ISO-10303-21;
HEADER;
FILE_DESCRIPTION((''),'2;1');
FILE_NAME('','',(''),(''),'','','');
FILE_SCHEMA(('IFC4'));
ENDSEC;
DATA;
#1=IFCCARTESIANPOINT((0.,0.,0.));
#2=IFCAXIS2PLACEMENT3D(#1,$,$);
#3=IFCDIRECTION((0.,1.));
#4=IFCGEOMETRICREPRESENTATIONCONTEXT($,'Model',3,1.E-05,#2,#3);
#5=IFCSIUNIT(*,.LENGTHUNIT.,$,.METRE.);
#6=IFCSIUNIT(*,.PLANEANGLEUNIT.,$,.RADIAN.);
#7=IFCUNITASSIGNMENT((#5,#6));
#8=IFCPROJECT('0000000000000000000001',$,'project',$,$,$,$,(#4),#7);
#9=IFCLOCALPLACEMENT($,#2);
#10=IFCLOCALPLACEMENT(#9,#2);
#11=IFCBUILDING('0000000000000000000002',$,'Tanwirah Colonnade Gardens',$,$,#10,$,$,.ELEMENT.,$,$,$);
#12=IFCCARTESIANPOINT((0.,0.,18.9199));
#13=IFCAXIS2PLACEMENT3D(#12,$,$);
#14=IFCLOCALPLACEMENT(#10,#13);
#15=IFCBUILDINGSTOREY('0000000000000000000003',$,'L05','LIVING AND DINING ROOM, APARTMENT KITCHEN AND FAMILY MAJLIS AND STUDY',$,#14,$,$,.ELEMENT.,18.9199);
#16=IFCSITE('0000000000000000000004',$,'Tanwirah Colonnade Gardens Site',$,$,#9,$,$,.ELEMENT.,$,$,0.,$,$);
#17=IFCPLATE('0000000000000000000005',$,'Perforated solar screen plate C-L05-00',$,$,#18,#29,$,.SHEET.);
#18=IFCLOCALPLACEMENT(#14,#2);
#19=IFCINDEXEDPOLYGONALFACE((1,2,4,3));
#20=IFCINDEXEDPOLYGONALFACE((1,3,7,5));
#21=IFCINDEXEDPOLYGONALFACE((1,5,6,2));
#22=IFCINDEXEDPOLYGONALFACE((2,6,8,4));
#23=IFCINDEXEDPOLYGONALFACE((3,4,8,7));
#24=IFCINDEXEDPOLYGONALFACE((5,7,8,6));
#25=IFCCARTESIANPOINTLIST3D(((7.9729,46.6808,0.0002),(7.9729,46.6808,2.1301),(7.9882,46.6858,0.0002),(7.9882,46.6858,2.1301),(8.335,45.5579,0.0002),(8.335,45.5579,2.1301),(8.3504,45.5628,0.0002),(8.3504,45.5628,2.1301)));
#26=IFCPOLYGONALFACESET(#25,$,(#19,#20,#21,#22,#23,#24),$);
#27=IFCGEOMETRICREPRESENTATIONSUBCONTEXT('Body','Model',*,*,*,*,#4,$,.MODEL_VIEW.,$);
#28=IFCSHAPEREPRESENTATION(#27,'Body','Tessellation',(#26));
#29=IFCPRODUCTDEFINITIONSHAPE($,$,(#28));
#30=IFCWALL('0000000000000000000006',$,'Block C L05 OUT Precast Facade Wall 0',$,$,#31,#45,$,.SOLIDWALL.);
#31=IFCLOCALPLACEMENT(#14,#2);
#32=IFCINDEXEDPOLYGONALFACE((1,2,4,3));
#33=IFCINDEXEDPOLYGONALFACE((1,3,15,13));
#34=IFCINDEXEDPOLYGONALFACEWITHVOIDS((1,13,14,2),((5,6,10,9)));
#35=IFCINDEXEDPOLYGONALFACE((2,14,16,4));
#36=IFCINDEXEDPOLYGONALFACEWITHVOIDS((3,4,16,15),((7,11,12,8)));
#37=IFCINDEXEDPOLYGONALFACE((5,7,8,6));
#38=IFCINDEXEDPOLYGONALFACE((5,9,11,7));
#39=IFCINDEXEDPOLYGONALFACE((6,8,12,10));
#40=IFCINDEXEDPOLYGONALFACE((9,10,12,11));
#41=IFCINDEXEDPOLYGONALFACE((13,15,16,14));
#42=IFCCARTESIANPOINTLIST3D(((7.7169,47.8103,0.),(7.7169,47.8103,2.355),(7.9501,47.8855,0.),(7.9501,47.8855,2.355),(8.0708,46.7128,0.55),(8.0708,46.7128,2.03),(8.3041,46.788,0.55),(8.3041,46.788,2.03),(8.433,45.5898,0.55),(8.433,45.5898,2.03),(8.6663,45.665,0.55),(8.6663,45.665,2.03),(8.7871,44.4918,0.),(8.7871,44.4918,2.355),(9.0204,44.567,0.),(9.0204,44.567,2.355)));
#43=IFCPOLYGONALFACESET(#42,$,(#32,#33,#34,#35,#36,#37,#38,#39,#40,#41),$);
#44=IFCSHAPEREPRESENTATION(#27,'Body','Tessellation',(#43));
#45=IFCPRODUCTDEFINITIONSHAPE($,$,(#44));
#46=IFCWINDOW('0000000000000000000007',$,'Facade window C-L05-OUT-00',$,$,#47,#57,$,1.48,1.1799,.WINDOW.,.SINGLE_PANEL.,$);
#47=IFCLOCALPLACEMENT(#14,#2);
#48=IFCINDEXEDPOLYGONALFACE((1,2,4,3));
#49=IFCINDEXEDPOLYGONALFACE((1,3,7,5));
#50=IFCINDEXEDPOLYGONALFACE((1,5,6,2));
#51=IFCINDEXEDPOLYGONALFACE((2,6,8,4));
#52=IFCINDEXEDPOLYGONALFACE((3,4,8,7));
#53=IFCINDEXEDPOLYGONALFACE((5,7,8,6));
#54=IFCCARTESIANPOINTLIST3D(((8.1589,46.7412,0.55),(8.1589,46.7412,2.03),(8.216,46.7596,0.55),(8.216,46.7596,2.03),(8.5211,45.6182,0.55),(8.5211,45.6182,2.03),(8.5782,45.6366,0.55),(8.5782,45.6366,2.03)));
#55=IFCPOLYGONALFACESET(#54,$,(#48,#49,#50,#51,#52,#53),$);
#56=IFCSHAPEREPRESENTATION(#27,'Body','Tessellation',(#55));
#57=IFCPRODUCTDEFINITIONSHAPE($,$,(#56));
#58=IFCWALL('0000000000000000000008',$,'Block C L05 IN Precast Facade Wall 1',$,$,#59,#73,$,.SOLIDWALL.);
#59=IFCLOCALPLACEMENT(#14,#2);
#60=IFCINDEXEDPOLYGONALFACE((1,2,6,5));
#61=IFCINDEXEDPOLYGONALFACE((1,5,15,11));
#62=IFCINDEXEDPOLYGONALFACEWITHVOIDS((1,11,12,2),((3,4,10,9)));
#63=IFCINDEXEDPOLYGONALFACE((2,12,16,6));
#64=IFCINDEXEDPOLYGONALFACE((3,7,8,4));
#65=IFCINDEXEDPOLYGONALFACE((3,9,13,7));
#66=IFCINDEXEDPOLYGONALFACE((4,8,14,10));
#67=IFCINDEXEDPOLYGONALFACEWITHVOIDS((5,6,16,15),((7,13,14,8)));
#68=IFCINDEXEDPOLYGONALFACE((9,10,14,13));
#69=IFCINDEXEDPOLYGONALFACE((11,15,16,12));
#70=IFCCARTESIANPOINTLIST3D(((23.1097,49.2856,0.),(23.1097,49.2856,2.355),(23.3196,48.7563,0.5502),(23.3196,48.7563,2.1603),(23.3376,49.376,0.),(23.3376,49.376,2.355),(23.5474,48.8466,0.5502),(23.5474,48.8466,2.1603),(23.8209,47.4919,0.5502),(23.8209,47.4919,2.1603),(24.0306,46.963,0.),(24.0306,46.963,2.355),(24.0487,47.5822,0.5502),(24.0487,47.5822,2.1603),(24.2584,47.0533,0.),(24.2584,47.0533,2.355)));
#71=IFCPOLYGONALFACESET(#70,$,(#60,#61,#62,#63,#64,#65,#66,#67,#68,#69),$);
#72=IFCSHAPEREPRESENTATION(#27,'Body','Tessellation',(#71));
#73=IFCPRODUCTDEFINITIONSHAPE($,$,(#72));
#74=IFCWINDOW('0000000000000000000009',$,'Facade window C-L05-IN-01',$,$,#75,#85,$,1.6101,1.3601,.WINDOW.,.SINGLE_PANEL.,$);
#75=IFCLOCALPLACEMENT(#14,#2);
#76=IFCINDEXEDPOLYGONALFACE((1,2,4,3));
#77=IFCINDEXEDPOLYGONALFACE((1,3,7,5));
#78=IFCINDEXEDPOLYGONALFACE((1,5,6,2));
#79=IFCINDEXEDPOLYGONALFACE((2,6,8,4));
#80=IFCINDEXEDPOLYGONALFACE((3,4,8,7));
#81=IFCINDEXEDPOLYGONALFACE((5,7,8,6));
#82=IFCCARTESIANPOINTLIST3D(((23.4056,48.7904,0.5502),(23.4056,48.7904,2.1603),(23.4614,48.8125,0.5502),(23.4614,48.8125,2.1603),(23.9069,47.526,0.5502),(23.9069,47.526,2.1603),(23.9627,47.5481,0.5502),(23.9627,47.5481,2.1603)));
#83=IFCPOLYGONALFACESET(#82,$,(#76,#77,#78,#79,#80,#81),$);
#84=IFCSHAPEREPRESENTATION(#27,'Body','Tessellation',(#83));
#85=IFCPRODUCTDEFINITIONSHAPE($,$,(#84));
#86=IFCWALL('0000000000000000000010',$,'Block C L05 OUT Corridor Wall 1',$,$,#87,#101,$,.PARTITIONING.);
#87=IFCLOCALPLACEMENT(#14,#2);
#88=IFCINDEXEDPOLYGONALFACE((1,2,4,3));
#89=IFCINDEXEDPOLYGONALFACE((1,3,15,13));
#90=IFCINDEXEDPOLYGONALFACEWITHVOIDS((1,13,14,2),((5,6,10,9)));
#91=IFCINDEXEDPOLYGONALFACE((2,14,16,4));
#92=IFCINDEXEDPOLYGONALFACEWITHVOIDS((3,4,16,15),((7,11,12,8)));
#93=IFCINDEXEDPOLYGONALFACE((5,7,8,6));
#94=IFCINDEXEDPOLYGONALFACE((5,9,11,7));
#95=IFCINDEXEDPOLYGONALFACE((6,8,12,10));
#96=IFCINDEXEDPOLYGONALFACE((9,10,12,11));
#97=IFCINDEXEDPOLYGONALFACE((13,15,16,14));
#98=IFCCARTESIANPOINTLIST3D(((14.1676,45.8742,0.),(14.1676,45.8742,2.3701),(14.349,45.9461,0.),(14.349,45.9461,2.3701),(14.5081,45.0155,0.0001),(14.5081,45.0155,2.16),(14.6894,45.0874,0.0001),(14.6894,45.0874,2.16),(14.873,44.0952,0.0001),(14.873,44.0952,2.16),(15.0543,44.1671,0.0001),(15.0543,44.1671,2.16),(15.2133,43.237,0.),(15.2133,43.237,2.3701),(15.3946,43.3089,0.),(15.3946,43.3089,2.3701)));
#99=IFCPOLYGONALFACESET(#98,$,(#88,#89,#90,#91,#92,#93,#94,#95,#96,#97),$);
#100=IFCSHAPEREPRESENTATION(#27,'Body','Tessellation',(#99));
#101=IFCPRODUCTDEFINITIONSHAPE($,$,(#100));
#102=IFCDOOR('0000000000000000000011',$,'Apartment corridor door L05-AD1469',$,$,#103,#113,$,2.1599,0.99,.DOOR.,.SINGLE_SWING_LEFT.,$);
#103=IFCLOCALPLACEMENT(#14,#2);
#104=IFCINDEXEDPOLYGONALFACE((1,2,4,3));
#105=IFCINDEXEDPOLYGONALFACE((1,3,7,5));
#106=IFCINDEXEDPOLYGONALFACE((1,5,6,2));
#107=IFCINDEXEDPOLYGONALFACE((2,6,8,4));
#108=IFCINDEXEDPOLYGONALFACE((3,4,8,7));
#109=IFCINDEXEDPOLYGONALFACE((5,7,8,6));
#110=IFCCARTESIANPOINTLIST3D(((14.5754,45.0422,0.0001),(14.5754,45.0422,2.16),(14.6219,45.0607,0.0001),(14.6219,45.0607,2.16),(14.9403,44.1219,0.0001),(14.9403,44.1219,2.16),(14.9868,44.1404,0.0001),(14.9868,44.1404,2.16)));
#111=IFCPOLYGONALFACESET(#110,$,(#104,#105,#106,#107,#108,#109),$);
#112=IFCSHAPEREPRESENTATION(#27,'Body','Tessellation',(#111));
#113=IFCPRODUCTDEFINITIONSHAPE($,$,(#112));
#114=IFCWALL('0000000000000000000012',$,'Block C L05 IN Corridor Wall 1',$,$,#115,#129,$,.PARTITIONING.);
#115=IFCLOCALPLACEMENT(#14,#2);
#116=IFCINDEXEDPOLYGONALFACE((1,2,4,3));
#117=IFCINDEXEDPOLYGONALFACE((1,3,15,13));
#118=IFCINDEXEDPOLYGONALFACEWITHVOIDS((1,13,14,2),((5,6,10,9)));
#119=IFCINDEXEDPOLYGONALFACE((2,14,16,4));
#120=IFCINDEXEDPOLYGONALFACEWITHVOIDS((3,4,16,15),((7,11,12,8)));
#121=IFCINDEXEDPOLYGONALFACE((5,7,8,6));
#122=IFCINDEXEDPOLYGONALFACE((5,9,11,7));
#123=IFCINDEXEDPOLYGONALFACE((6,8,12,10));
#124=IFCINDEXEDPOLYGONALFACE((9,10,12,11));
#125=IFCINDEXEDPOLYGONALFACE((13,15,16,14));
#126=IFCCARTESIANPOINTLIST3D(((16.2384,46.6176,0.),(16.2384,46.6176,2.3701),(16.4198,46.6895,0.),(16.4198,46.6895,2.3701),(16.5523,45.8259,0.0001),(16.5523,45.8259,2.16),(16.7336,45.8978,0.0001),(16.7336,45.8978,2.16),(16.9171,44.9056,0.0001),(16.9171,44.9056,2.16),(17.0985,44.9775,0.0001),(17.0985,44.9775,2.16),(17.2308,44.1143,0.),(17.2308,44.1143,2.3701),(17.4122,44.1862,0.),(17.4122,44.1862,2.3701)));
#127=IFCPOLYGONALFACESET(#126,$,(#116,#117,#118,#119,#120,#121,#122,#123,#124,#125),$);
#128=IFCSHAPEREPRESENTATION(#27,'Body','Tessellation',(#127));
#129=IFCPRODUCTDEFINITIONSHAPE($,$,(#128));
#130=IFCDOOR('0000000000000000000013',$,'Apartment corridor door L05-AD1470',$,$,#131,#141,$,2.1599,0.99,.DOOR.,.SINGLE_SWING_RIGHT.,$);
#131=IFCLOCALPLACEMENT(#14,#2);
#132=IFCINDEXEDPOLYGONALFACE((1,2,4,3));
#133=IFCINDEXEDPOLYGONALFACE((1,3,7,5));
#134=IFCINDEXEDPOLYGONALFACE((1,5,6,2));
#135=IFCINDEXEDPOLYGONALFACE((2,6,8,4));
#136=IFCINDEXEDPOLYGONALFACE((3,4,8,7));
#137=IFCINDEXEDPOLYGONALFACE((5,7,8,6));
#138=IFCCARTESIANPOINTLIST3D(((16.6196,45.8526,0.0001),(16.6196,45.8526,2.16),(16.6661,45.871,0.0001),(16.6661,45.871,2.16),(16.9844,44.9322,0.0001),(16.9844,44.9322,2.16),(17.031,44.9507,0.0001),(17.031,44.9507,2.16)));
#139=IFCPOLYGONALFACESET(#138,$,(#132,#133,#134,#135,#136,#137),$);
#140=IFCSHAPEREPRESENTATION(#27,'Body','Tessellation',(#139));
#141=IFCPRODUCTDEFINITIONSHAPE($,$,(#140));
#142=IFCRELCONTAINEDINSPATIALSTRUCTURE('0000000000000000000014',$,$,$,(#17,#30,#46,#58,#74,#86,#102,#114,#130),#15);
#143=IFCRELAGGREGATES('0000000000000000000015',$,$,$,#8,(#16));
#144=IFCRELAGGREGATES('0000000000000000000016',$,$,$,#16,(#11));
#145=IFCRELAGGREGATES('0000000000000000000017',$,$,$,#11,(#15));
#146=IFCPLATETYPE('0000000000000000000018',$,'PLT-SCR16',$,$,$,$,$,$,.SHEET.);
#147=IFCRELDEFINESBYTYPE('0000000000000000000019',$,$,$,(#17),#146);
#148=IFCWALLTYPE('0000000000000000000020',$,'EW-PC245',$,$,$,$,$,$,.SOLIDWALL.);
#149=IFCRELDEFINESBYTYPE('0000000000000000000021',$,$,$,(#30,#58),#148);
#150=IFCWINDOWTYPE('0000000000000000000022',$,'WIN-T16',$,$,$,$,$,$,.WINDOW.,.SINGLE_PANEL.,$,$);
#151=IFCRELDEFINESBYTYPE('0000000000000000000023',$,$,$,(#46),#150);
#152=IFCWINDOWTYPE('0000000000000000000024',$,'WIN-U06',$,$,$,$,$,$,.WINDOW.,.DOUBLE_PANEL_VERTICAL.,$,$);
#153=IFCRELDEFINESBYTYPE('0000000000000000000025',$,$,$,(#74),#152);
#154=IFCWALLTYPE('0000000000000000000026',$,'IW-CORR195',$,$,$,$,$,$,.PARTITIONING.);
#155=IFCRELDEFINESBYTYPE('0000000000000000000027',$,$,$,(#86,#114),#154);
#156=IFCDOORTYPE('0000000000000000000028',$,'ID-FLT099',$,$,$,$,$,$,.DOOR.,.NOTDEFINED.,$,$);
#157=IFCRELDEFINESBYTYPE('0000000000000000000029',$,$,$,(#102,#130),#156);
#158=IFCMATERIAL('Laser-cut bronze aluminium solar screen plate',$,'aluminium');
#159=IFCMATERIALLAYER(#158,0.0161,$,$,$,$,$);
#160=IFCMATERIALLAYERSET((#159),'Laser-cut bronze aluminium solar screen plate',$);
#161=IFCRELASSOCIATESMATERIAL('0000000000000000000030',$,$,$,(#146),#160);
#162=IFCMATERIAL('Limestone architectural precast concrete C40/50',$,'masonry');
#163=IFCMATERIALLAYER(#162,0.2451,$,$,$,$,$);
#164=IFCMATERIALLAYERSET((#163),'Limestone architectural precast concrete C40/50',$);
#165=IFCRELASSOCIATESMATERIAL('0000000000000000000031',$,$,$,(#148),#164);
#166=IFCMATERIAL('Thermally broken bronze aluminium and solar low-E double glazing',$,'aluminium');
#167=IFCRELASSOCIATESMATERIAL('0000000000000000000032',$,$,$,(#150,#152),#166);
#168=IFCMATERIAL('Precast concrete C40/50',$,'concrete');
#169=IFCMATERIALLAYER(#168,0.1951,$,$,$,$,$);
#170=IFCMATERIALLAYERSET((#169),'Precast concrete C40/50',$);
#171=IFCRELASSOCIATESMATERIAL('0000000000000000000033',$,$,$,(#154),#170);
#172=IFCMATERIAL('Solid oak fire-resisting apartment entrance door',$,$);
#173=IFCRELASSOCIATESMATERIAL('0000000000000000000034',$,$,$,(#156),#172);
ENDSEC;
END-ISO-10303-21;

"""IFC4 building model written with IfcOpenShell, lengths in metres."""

from ifc_helpers import new_model, si_unit, direction, frame, frame_2d, origin, origin_2d, place, context, subcontext, project, spatial, rectangle, extrude, material, layer, layer_set, type_object, element, fill, save


model = new_model("IFC4")

# Units and contexts
model_context = context("Model", 3, precision=1e-05, world=origin(), true_north=direction((0.0, 1.0)))
body_context = subcontext(model_context, "Body", "Model", "MODEL_VIEW")
ifc_project = project(units=[si_unit("LENGTHUNIT", "METRE"), si_unit("PLANEANGLEUNIT", "RADIAN")], contexts=[model_context])

# Site, building, storey
site_placement = place(None, origin())
site = spatial("IfcSite", under=ifc_project, at=site_placement, Name="Tanwirah Colonnade Gardens Site", CompositionType="ELEMENT", RefElevation=0.0)
building_placement = place(site_placement, origin())
building = spatial("IfcBuilding", under=site, at=building_placement, Name="Tanwirah Colonnade Gardens", CompositionType="ELEMENT")
storey_placement = place(building_placement, frame((0.0, 0.0, 18.9199)))
storey = spatial("IfcBuildingStorey", under=building, at=storey_placement, Name="L05", Description="LIVING AND DINING ROOM, APARTMENT KITCHEN AND FAMILY MAJLIS AND STUDY", CompositionType="ELEMENT", Elevation=18.9199)

# Shared definitions
ifc_material_1 = material(Name="Precast concrete C40/50", Category="concrete")

# Plate
ifc_material_2 = material(Name="Laser-cut bronze aluminium solar screen plate", Category="aluminium")
ifc_layer_1 = layer(ifc_material_2, 0.0161)
ifc_layer_set_1 = layer_set([ifc_layer_1], Name="Laser-cut bronze aluminium solar screen plate")
plate_type = type_object("IfcPlateType", Name="PLT-SCR16", PredefinedType="SHEET", material=ifc_layer_set_1)
plate_placement = place(storey_placement, frame((8.1616, 46.1218, 0.0002), z_axis=(0.0, 0.0, 1.0), x_axis=(0.306943, -0.951728, 0.0)))
element("IfcPlate", 1, at=plate_placement, inside=storey, type_object=plate_type, Name="Perforated solar screen plate C-L05-00", PredefinedType="SHEET", context=body_context, shape_type="SweptSolid", body=[
    extrude(rectangle(XDim=1.1799, YDim=0.0161, at=origin_2d()), origin(), (0.0, 0.0, 1.0), 2.1299),
])

# Walls, openings, windows
ifc_material_3 = material(Name="Limestone architectural precast concrete C40/50", Category="masonry")
ifc_layer_2 = layer(ifc_material_3, 0.2451)
ifc_layer_set_2 = layer_set([ifc_layer_2], Name="Limestone architectural precast concrete C40/50")
wall_type_1 = type_object("IfcWallType", Name="EW-PC245", PredefinedType="SOLIDWALL", material=ifc_layer_set_2)
wall_1_placement = place(storey_placement, frame((7.8335, 47.8479, 0.0), z_axis=(0.0, 0.0, 1.0), x_axis=(0.30695, -0.951726, 0.0)))
wall_1 = element("IfcWall", 2, at=wall_1_placement, inside=storey, type_object=wall_type_1, Name="Block C L05 OUT Precast Facade Wall 0", PredefinedType="SOLIDWALL", context=body_context, shape_type="SweptSolid", body=[
    extrude(rectangle(XDim=3.4868, YDim=0.2451, at=frame_2d((1.7434, 0.0))), origin(), (0.0, 0.0, 1.0), 2.355),
])
opening_1_placement = place(wall_1_placement, frame((1.1533, 0.0, 0.55)))
opening_1 = element("IfcOpeningElement", 3, at=opening_1_placement, cuts=wall_1, PredefinedType="OPENING", context=body_context, shape_type="SweptSolid", body=[
    extrude(rectangle(XDim=1.1799, YDim=1.48, at=frame_2d((0.5898, 0.74))), frame((0.0, 0.1326, 0.0), z_axis=(0.0, -1.0, 0.0), x_axis=(1.0, 0.0, 0.0)), (0.0, 0.0, 1.0), 0.2651),
])
ifc_material_4 = material(Name="Thermally broken bronze aluminium and solar low-E double glazing", Category="aluminium")
window_type_1 = type_object("IfcWindowType", Name="WIN-T16", PartitioningType="SINGLE_PANEL", PredefinedType="WINDOW", material=ifc_material_4)
window_1_placement = place(opening_1_placement, origin())
window_1 = element("IfcWindow", 4, at=window_1_placement, inside=storey, type_object=window_type_1, Name="Facade window C-L05-OUT-00", OverallHeight=1.48, OverallWidth=1.1799, PartitioningType="SINGLE_PANEL", PredefinedType="WINDOW", context=body_context, shape_type="SweptSolid", body=[
    extrude(rectangle(XDim=1.1799, YDim=1.48, at=frame_2d((0.5898, 0.74))), frame((0.0, 0.03, 0.0), z_axis=(0.0, -1.0, 0.0), x_axis=(1.0, 0.0, 0.0)), (0.0, 0.0, 1.0), 0.0601),
])
fill(opening_1, window_1)
wall_2_placement = place(storey_placement, frame((23.2236, 49.3308, 0.0), z_axis=(0.0, 0.0, 1.0), x_axis=(0.368559, -0.929604, 0.0)))
wall_2 = element("IfcWall", 5, at=wall_2_placement, inside=storey, type_object=wall_type_1, Name="Block C L05 IN Precast Facade Wall 1", PredefinedType="SOLIDWALL", context=body_context, shape_type="SweptSolid", body=[
    extrude(rectangle(XDim=2.4985, YDim=0.2451, at=frame_2d((1.2493, 0.0))), origin(), (0.0, 0.0, 1.0), 2.355),
])
opening_2_placement = place(wall_2_placement, frame((0.5693, 0.0, 0.55)))
opening_2 = element("IfcOpeningElement", 6, at=opening_2_placement, cuts=wall_2, PredefinedType="OPENING", context=body_context, shape_type="SweptSolid", body=[
    extrude(rectangle(XDim=1.3601, YDim=1.6101, at=frame_2d((0.6802, 0.8052))), frame((0.0, 0.1326, 0.0), z_axis=(0.0, -1.0, 0.0), x_axis=(1.0, 0.0, 0.0)), (0.0, 0.0, 1.0), 0.2651),
])
window_type_2 = type_object("IfcWindowType", Name="WIN-U06", PartitioningType="DOUBLE_PANEL_VERTICAL", PredefinedType="WINDOW", material=ifc_material_4)
window_2_placement = place(opening_2_placement, origin())
window_2 = element("IfcWindow", 7, at=window_2_placement, inside=storey, type_object=window_type_2, Name="Facade window C-L05-IN-01", OverallHeight=1.6101, OverallWidth=1.3601, PartitioningType="SINGLE_PANEL", PredefinedType="WINDOW", context=body_context, shape_type="SweptSolid", body=[
    extrude(rectangle(XDim=1.3601, YDim=1.6101, at=frame_2d((0.6802, 0.8052))), frame((0.0, 0.03, 0.0), z_axis=(0.0, -1.0, 0.0), x_axis=(1.0, 0.0, 0.0)), (0.0, 0.0, 1.0), 0.0601),
])
fill(opening_2, window_2)

# Walls, openings, doors
ifc_layer_3 = layer(ifc_material_1, 0.1951)
ifc_layer_set_3 = layer_set([ifc_layer_3], Name="Precast concrete C40/50")
wall_type_2 = type_object("IfcWallType", Name="IW-CORR195", PredefinedType="PARTITIONING", material=ifc_layer_set_3)
ifc_material_5 = material(Name="Solid oak fire-resisting apartment entrance door")
wall_3_placement = place(storey_placement, frame((14.2583, 45.9102, 0.0), z_axis=(0.0, 0.0, 1.0), x_axis=(0.368585, -0.929594, 0.0)))
wall_3 = element("IfcWall", 8, at=wall_3_placement, inside=storey, type_object=wall_type_2, Name="Block C L05 OUT Corridor Wall 1", PredefinedType="PARTITIONING", context=body_context, shape_type="SweptSolid", body=[
    extrude(rectangle(XDim=2.8369, YDim=0.1951, at=frame_2d((1.4185, 0.0))), origin(), (0.0, 0.0, 1.0), 2.3701),
])
opening_3_placement = place(wall_3_placement, frame((0.9236, 0.0, 0.0)))
opening_3 = element("IfcOpeningElement", 9, at=opening_3_placement, cuts=wall_3, PredefinedType="OPENING", context=body_context, shape_type="SweptSolid", body=[
    extrude(rectangle(XDim=0.99, YDim=2.1599, at=frame_2d((0.4951, 1.0801))), frame((0.0, 0.1074, 0.0), z_axis=(0.0, -1.0, 0.0), x_axis=(1.0, 0.0, 0.0)), (0.0, 0.0, 1.0), 0.2151),
])
door_type_1 = type_object("IfcDoorType", Name="ID-FLT099", OperationType="NOTDEFINED", PredefinedType="DOOR", material=ifc_material_5)
door_1_placement = place(opening_3_placement, origin())
door_1 = element("IfcDoor", 10, at=door_1_placement, inside=storey, type_object=door_type_1, Name="Apartment corridor door L05-AD1469", OperationType="SINGLE_SWING_LEFT", OverallHeight=2.1599, OverallWidth=0.99, PredefinedType="DOOR", context=body_context, shape_type="SweptSolid", body=[
    extrude(rectangle(XDim=0.99, YDim=2.1599, at=frame_2d((0.4951, 1.0801))), frame((0.0, 0.0249, 0.0), z_axis=(0.0, -1.0, 0.0), x_axis=(1.0, 0.0, 0.0)), (0.0, 0.0, 1.0), 0.05),
])
fill(opening_3, door_1)
wall_4_placement = place(storey_placement, frame((16.3291, 46.6536, 0.0), z_axis=(0.0, 0.0, 1.0), x_axis=(0.368528, -0.929616, 0.0)))
wall_4 = element("IfcWall", 11, at=wall_4_placement, inside=storey, type_object=wall_type_2, Name="Block C L05 IN Corridor Wall 1", PredefinedType="PARTITIONING", context=body_context, shape_type="SweptSolid", body=[
    extrude(rectangle(XDim=2.6929, YDim=0.1951, at=frame_2d((1.3464, 0.0))), origin(), (0.0, 0.0, 1.0), 2.3701),
])
opening_4_placement = place(wall_4_placement, frame((0.8516, 0.0, 0.0)))
opening_4 = element("IfcOpeningElement", 12, at=opening_4_placement, cuts=wall_4, PredefinedType="OPENING", context=body_context, shape_type="SweptSolid", body=[
    extrude(rectangle(XDim=0.99, YDim=2.1599, at=frame_2d((0.4951, 1.0801))), frame((0.0, 0.1074, 0.0), z_axis=(0.0, -1.0, 0.0), x_axis=(1.0, 0.0, 0.0)), (0.0, 0.0, 1.0), 0.2151),
])
door_2_placement = place(opening_4_placement, origin())
door_2 = element("IfcDoor", 13, at=door_2_placement, inside=storey, type_object=door_type_1, Name="Apartment corridor door L05-AD1470", OperationType="SINGLE_SWING_RIGHT", OverallHeight=2.1599, OverallWidth=0.99, PredefinedType="DOOR", context=body_context, shape_type="SweptSolid", body=[
    extrude(rectangle(XDim=0.99, YDim=2.1599, at=frame_2d((0.4951, 1.0801))), frame((0.0, 0.0249, 0.0), z_axis=(0.0, -1.0, 0.0), x_axis=(1.0, 0.0, 0.0)), (0.0, 0.0, 1.0), 0.05),
])
fill(opening_4, door_2)

save(model, "model.ifc")
